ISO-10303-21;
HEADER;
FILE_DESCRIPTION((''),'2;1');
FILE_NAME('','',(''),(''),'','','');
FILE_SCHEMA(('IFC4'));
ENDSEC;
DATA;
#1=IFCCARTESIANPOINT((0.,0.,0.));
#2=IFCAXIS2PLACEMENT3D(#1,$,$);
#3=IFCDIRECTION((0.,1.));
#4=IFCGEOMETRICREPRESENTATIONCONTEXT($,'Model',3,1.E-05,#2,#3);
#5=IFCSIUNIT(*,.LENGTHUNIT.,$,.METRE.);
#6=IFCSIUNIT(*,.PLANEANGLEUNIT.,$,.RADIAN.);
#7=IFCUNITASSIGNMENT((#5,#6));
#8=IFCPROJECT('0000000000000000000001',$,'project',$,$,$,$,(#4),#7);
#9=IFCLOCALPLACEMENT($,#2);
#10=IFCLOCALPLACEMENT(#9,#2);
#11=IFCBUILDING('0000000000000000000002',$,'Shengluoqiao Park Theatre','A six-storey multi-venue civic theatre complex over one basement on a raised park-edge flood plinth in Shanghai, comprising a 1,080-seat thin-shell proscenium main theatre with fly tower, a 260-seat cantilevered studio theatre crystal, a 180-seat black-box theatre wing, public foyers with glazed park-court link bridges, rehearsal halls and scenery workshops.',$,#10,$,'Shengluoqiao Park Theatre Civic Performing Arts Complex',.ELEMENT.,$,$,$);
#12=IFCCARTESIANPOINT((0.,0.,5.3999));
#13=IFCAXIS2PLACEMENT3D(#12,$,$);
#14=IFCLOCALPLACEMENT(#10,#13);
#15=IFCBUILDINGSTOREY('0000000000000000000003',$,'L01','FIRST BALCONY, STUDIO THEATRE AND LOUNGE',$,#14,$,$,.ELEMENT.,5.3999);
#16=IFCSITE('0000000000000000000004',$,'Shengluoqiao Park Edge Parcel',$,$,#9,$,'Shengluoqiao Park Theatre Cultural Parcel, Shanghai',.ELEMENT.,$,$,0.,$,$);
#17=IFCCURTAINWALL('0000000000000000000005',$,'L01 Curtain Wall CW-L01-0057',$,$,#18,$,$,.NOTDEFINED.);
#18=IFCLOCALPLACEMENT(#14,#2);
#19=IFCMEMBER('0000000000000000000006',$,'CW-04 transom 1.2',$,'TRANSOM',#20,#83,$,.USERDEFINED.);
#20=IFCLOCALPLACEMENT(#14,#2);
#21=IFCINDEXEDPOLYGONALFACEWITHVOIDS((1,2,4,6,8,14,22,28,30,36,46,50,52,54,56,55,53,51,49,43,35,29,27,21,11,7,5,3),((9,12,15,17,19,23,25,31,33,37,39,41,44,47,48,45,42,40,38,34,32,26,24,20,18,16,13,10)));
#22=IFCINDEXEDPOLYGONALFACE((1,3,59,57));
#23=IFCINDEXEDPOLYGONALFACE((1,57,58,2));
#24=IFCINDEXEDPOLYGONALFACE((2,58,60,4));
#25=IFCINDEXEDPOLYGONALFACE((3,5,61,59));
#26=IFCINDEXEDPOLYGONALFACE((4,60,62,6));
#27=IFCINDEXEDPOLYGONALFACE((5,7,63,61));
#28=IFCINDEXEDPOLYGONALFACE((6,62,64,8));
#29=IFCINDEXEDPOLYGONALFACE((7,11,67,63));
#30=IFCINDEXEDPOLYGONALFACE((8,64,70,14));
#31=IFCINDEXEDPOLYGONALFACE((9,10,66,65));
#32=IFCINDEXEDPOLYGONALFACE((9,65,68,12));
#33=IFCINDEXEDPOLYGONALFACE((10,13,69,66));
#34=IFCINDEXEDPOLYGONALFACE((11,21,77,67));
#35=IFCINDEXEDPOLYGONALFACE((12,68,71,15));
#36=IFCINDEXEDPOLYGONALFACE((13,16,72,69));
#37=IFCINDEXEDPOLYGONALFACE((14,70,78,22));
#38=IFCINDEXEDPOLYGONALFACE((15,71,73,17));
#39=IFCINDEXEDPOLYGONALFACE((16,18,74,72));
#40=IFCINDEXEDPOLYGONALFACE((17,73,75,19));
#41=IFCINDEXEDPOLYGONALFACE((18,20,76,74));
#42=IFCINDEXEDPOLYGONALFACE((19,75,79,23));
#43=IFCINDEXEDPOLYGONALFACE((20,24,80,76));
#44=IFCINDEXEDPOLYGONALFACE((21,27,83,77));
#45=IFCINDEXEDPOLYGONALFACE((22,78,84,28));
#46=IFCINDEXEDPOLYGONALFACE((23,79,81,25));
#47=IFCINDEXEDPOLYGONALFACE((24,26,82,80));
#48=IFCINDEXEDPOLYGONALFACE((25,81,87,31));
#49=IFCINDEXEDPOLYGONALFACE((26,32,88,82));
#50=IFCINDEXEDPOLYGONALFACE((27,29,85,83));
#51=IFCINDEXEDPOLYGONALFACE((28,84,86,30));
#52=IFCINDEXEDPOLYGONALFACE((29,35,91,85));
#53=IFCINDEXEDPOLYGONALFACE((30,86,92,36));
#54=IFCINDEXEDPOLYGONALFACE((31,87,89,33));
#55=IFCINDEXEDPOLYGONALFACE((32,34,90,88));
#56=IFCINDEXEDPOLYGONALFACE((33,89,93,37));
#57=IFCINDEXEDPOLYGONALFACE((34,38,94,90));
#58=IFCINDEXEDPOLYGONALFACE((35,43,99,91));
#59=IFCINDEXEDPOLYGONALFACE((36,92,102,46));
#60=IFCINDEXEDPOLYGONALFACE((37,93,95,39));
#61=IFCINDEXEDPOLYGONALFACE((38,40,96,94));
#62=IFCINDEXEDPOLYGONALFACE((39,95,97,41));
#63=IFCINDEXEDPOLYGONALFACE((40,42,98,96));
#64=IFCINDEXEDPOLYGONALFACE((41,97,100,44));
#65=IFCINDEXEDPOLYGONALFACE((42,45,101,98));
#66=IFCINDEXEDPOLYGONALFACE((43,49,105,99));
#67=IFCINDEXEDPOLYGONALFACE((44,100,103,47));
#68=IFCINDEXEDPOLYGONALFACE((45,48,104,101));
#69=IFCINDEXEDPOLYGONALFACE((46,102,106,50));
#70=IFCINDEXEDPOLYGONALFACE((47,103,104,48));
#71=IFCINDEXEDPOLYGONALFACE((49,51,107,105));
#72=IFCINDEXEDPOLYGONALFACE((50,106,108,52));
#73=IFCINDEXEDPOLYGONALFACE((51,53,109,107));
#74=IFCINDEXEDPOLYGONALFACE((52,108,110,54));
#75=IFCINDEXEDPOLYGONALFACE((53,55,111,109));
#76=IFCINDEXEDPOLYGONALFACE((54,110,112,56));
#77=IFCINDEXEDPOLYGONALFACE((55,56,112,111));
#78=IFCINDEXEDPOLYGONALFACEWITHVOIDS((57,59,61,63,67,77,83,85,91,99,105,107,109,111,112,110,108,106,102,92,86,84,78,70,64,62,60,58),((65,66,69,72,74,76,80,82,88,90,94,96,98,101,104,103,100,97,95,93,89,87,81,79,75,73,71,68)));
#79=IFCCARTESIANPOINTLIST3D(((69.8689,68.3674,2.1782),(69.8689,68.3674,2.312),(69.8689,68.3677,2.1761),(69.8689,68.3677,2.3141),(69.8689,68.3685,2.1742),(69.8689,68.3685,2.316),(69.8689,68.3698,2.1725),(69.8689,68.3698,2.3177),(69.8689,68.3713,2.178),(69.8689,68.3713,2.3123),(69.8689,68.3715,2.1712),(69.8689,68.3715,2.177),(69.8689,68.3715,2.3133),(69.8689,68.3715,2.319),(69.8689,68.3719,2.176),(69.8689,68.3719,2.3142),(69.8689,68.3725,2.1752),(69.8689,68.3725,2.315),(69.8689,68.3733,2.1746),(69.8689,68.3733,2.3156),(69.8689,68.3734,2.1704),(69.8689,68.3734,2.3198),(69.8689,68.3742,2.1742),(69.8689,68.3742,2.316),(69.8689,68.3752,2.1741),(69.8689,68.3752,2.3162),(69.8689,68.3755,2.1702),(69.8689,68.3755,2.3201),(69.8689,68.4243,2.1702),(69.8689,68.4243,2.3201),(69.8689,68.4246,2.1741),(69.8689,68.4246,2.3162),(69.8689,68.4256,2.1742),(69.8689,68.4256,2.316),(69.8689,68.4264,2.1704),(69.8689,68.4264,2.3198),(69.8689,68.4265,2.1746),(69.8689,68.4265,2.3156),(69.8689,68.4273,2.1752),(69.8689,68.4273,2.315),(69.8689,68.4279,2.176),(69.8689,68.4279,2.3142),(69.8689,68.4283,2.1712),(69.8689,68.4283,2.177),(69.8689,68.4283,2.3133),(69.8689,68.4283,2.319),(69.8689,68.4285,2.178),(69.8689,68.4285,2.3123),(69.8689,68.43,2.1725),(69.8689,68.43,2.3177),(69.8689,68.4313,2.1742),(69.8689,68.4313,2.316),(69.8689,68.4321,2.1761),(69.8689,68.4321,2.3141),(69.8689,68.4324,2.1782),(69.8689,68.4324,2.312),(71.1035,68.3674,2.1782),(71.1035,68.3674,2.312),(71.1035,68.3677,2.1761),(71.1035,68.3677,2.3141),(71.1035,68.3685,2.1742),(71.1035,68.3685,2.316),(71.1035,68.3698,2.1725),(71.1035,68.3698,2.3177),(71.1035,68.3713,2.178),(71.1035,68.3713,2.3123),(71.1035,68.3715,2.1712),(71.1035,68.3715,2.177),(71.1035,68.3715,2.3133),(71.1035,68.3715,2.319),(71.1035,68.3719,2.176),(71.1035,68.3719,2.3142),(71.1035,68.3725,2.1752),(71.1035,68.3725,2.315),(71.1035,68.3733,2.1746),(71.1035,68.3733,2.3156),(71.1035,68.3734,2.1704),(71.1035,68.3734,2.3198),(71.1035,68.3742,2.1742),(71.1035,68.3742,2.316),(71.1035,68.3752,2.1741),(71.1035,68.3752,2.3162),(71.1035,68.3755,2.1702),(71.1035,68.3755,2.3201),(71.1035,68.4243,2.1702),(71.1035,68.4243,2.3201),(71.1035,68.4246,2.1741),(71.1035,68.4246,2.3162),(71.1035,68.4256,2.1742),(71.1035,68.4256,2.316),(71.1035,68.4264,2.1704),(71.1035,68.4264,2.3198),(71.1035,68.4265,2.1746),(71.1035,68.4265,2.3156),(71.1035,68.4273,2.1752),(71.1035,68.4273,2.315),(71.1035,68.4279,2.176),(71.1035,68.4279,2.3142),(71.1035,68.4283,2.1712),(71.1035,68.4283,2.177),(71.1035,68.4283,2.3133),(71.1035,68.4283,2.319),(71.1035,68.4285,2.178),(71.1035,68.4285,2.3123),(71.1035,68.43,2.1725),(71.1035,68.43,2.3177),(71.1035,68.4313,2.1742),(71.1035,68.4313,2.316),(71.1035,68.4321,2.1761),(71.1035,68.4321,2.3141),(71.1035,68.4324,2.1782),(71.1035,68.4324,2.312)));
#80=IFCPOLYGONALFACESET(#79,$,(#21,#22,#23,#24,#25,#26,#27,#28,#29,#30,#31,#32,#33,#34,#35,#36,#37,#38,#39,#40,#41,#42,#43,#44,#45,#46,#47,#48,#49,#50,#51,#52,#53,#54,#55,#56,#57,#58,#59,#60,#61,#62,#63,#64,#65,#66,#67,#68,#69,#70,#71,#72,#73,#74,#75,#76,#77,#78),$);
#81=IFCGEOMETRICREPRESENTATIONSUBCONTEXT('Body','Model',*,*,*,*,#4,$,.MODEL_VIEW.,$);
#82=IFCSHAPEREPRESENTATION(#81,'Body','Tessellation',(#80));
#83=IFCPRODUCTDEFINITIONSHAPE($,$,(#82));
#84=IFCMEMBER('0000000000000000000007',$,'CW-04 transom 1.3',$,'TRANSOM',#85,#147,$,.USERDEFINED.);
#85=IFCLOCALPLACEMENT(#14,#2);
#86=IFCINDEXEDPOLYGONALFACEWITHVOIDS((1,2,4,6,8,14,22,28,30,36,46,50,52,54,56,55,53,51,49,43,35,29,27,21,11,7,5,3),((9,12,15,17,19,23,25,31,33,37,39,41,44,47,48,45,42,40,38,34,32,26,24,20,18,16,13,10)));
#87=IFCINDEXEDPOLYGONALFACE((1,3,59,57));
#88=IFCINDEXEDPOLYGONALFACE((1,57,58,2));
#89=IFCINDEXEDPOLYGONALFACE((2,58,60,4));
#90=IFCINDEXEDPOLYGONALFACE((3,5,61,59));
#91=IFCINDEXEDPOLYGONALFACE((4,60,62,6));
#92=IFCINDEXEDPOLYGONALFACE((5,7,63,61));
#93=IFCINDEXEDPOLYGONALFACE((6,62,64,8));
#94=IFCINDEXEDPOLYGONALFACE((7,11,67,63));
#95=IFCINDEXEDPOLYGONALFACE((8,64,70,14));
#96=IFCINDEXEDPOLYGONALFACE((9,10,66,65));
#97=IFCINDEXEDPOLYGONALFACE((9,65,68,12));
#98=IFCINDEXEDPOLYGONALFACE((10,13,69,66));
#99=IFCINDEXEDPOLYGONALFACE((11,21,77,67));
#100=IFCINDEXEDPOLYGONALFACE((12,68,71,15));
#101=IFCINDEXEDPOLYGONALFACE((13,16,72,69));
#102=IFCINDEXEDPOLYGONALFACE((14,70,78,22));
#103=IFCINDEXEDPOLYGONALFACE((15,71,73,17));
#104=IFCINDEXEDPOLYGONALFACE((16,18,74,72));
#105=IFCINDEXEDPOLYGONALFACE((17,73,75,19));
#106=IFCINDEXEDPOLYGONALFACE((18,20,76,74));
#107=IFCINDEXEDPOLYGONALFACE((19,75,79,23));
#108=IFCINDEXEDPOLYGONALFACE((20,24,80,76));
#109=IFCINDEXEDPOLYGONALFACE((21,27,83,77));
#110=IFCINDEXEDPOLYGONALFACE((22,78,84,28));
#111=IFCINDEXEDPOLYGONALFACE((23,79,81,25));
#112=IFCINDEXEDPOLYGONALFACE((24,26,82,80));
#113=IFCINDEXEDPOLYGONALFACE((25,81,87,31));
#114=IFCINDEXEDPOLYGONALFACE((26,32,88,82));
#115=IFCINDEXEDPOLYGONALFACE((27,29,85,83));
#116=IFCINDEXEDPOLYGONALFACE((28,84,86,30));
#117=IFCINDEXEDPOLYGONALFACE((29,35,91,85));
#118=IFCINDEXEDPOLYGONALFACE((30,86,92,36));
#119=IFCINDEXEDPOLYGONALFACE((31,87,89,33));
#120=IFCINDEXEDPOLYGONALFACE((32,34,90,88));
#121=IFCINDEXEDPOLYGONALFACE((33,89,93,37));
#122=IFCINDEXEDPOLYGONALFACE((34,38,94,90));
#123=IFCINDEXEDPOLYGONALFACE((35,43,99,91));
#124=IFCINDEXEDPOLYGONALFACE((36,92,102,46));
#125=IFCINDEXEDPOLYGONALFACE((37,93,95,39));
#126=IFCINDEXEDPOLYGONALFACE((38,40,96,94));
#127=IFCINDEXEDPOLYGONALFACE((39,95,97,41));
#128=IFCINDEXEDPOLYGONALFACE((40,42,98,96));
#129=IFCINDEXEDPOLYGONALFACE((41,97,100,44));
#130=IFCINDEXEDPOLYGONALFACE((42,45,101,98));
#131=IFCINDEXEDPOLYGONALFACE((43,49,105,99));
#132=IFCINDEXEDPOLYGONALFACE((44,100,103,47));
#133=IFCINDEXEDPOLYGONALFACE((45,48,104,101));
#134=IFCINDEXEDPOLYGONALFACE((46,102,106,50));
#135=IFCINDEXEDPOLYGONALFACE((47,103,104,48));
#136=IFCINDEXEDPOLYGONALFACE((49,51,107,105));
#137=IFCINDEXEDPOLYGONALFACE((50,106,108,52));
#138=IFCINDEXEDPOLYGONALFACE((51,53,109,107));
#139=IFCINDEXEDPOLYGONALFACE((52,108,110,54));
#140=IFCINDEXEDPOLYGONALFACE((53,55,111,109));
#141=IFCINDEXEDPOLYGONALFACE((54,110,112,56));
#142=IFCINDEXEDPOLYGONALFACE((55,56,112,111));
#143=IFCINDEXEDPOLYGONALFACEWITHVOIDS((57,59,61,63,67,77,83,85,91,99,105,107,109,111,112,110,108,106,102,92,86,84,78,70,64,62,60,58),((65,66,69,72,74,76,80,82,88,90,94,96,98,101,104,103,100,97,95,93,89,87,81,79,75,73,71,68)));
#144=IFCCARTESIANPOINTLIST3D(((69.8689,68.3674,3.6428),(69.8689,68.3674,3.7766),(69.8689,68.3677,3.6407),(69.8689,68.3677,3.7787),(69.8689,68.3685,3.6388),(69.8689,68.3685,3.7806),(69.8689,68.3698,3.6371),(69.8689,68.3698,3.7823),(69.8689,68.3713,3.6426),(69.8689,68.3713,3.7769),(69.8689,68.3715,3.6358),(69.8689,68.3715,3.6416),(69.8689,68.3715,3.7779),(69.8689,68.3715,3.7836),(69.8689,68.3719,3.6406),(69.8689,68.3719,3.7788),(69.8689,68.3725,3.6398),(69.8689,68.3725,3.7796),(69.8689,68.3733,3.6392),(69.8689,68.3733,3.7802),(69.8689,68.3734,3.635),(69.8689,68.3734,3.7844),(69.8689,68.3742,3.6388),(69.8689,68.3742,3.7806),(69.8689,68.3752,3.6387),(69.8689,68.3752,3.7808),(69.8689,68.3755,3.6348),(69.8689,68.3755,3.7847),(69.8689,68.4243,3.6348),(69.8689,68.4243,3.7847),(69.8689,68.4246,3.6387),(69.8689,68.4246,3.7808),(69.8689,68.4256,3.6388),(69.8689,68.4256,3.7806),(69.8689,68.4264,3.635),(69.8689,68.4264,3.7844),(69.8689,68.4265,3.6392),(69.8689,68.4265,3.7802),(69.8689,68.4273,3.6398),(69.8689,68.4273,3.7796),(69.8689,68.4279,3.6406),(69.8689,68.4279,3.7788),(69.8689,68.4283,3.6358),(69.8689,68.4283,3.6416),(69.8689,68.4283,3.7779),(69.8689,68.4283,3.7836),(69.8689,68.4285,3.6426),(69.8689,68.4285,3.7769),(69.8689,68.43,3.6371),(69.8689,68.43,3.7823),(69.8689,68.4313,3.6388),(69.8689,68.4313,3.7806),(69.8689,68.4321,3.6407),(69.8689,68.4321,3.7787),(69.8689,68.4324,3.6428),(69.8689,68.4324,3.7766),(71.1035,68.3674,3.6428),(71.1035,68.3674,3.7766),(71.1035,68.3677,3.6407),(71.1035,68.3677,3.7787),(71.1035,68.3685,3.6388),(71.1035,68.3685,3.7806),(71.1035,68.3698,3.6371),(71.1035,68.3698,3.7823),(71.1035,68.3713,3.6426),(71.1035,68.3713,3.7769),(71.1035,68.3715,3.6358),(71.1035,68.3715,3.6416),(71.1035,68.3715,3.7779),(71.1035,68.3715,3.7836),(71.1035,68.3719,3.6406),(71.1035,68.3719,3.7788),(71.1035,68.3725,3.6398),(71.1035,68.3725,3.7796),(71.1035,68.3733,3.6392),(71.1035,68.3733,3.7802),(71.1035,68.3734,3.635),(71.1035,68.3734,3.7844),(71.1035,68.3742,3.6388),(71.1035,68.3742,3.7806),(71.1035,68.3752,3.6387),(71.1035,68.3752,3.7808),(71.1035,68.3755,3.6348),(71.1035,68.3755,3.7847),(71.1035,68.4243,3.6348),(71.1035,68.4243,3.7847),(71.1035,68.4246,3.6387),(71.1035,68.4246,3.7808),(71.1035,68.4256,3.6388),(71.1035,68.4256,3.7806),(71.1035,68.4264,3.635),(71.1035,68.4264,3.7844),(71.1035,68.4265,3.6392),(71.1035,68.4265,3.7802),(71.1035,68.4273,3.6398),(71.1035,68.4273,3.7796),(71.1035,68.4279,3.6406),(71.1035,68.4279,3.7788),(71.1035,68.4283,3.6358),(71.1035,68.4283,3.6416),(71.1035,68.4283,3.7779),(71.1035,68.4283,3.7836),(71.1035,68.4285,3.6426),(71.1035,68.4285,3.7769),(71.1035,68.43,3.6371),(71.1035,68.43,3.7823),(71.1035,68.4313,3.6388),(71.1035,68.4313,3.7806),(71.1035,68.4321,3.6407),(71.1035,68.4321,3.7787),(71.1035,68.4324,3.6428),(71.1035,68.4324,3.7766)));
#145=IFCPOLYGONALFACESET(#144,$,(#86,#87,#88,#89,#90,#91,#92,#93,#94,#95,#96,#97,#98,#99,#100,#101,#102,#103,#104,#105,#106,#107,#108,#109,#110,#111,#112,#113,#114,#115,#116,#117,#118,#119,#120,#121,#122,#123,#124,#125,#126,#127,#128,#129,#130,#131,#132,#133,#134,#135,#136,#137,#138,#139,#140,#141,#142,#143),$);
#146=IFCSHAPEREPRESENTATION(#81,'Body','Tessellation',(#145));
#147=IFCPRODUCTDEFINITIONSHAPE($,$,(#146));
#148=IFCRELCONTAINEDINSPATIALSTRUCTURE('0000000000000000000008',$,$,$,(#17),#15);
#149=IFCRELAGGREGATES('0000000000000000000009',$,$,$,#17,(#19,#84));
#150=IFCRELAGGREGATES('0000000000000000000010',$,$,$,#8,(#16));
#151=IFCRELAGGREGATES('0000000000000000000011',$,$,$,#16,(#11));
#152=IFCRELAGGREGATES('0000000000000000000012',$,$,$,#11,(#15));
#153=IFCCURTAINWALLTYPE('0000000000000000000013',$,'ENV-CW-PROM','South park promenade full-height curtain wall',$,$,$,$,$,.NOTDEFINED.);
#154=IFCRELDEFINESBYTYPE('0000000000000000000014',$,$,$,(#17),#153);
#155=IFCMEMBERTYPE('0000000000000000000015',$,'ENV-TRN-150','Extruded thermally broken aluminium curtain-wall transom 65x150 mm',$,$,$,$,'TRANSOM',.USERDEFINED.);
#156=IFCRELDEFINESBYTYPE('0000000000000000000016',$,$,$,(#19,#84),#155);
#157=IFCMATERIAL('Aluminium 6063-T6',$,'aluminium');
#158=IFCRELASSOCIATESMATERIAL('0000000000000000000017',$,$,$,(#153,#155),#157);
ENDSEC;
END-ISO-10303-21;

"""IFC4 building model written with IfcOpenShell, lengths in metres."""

from ifc_helpers import new_model, si_unit, direction, frame, origin, origin_2d, place, context, subcontext, project, spatial, hollow_rectangle, extrude, material, material_profile, profile_set, type_object, element, aggregate, save


model = new_model("IFC4")

# Units and contexts
model_context = context("Model", 3, precision=1e-05, world=origin(), true_north=direction((0.0, 1.0)))
body_context = subcontext(model_context, "Body", "Model", "MODEL_VIEW")
ifc_project = project(units=[si_unit("LENGTHUNIT", "METRE"), si_unit("PLANEANGLEUNIT", "RADIAN")], contexts=[model_context])

# Site, building, storey
site_placement = place(None, origin())
site = spatial("IfcSite", under=ifc_project, at=site_placement, Name="Shengluoqiao Park Edge Parcel", LongName="Shengluoqiao Park Theatre Cultural Parcel, Shanghai", CompositionType="ELEMENT", RefElevation=0.0)
building_placement = place(site_placement, origin())
building = spatial("IfcBuilding", under=site, at=building_placement, Name="Shengluoqiao Park Theatre", Description="A six-storey multi-venue civic theatre complex over one basement on a raised park-edge flood plinth in Shanghai, comprising a 1,080-seat thin-shell proscenium main theatre with fly tower, a 260-seat cantilevered studio theatre crystal, a 180-seat black-box theatre wing, public foyers with glazed park-court link bridges, rehearsal halls and scenery workshops.", LongName="Shengluoqiao Park Theatre Civic Performing Arts Complex", CompositionType="ELEMENT")
storey_placement = place(building_placement, frame((0.0, 0.0, 5.3999)))
storey = spatial("IfcBuildingStorey", under=building, at=storey_placement, Name="L01", Description="FIRST BALCONY, STUDIO THEATRE AND LOUNGE", CompositionType="ELEMENT", Elevation=5.3999)

# Shared definitions
ifc_material_1 = material(Name="Aluminium 6063-T6", Category="aluminium")

# Shared definitions
curtain_wall_type_1 = type_object("IfcCurtainWallType", Name="ENV-CW-PROM", Description="South park promenade full-height curtain wall", PredefinedType="NOTDEFINED", material=ifc_material_1)

# Curtain wall
curtain_wall_1_placement = place(storey_placement, origin())
curtain_wall_1 = element("IfcCurtainWall", 1, at=curtain_wall_1_placement, inside=storey, type_object=curtain_wall_type_1, Name="L01 Curtain Wall CW-L01-0057", PredefinedType="NOTDEFINED")

# Members
ifc_material_profile_1 = material_profile(ifc_material_1, hollow_rectangle(XDim=0.0649, YDim=0.1499, WallThickness=0.0039, InnerFilletRadius=0.0039, OuterFilletRadius=0.0081, at=origin_2d()), Name="ALU TRANSOM 150x65x4")
ifc_profile_set_1 = profile_set([ifc_material_profile_1], Name="Aluminium 6063-T6")
member_type_1 = type_object("IfcMemberType", Name="ENV-TRN-150", Description="Extruded thermally broken aluminium curtain-wall transom 65x150 mm", ElementType="TRANSOM", PredefinedType="USERDEFINED", material=ifc_profile_set_1)
member_1_placement = place(storey_placement, frame((69.8689, 68.3999, 2.2451), z_axis=(1.0, 0.0, 0.0), x_axis=(0.0, 1.0, 0.0)))
member_1 = element("IfcMember", 2, at=member_1_placement, type_object=member_type_1, Name="CW-04 transom 1.2", ObjectType="TRANSOM", PredefinedType="USERDEFINED", context=body_context, shape_type="SweptSolid", body=[
    extrude(hollow_rectangle(XDim=0.0649, YDim=0.1499, WallThickness=0.0039, InnerFilletRadius=0.0039, OuterFilletRadius=0.0081, at=origin_2d()), origin(), (0.0, 0.0, 1.0), 1.2346),
])
member_2_placement = place(storey_placement, frame((69.8689, 68.3999, 3.7097), z_axis=(1.0, 0.0, 0.0), x_axis=(0.0, 1.0, 0.0)))
member_2 = element("IfcMember", 3, at=member_2_placement, type_object=member_type_1, Name="CW-04 transom 1.3", ObjectType="TRANSOM", PredefinedType="USERDEFINED", context=body_context, shape_type="SweptSolid", body=[
    extrude(hollow_rectangle(XDim=0.0649, YDim=0.1499, WallThickness=0.0039, InnerFilletRadius=0.0039, OuterFilletRadius=0.0081, at=origin_2d()), origin(), (0.0, 0.0, 1.0), 1.2346),
])

aggregate(curtain_wall_1, [member_1, member_2])

save(model, "model.ifc")
